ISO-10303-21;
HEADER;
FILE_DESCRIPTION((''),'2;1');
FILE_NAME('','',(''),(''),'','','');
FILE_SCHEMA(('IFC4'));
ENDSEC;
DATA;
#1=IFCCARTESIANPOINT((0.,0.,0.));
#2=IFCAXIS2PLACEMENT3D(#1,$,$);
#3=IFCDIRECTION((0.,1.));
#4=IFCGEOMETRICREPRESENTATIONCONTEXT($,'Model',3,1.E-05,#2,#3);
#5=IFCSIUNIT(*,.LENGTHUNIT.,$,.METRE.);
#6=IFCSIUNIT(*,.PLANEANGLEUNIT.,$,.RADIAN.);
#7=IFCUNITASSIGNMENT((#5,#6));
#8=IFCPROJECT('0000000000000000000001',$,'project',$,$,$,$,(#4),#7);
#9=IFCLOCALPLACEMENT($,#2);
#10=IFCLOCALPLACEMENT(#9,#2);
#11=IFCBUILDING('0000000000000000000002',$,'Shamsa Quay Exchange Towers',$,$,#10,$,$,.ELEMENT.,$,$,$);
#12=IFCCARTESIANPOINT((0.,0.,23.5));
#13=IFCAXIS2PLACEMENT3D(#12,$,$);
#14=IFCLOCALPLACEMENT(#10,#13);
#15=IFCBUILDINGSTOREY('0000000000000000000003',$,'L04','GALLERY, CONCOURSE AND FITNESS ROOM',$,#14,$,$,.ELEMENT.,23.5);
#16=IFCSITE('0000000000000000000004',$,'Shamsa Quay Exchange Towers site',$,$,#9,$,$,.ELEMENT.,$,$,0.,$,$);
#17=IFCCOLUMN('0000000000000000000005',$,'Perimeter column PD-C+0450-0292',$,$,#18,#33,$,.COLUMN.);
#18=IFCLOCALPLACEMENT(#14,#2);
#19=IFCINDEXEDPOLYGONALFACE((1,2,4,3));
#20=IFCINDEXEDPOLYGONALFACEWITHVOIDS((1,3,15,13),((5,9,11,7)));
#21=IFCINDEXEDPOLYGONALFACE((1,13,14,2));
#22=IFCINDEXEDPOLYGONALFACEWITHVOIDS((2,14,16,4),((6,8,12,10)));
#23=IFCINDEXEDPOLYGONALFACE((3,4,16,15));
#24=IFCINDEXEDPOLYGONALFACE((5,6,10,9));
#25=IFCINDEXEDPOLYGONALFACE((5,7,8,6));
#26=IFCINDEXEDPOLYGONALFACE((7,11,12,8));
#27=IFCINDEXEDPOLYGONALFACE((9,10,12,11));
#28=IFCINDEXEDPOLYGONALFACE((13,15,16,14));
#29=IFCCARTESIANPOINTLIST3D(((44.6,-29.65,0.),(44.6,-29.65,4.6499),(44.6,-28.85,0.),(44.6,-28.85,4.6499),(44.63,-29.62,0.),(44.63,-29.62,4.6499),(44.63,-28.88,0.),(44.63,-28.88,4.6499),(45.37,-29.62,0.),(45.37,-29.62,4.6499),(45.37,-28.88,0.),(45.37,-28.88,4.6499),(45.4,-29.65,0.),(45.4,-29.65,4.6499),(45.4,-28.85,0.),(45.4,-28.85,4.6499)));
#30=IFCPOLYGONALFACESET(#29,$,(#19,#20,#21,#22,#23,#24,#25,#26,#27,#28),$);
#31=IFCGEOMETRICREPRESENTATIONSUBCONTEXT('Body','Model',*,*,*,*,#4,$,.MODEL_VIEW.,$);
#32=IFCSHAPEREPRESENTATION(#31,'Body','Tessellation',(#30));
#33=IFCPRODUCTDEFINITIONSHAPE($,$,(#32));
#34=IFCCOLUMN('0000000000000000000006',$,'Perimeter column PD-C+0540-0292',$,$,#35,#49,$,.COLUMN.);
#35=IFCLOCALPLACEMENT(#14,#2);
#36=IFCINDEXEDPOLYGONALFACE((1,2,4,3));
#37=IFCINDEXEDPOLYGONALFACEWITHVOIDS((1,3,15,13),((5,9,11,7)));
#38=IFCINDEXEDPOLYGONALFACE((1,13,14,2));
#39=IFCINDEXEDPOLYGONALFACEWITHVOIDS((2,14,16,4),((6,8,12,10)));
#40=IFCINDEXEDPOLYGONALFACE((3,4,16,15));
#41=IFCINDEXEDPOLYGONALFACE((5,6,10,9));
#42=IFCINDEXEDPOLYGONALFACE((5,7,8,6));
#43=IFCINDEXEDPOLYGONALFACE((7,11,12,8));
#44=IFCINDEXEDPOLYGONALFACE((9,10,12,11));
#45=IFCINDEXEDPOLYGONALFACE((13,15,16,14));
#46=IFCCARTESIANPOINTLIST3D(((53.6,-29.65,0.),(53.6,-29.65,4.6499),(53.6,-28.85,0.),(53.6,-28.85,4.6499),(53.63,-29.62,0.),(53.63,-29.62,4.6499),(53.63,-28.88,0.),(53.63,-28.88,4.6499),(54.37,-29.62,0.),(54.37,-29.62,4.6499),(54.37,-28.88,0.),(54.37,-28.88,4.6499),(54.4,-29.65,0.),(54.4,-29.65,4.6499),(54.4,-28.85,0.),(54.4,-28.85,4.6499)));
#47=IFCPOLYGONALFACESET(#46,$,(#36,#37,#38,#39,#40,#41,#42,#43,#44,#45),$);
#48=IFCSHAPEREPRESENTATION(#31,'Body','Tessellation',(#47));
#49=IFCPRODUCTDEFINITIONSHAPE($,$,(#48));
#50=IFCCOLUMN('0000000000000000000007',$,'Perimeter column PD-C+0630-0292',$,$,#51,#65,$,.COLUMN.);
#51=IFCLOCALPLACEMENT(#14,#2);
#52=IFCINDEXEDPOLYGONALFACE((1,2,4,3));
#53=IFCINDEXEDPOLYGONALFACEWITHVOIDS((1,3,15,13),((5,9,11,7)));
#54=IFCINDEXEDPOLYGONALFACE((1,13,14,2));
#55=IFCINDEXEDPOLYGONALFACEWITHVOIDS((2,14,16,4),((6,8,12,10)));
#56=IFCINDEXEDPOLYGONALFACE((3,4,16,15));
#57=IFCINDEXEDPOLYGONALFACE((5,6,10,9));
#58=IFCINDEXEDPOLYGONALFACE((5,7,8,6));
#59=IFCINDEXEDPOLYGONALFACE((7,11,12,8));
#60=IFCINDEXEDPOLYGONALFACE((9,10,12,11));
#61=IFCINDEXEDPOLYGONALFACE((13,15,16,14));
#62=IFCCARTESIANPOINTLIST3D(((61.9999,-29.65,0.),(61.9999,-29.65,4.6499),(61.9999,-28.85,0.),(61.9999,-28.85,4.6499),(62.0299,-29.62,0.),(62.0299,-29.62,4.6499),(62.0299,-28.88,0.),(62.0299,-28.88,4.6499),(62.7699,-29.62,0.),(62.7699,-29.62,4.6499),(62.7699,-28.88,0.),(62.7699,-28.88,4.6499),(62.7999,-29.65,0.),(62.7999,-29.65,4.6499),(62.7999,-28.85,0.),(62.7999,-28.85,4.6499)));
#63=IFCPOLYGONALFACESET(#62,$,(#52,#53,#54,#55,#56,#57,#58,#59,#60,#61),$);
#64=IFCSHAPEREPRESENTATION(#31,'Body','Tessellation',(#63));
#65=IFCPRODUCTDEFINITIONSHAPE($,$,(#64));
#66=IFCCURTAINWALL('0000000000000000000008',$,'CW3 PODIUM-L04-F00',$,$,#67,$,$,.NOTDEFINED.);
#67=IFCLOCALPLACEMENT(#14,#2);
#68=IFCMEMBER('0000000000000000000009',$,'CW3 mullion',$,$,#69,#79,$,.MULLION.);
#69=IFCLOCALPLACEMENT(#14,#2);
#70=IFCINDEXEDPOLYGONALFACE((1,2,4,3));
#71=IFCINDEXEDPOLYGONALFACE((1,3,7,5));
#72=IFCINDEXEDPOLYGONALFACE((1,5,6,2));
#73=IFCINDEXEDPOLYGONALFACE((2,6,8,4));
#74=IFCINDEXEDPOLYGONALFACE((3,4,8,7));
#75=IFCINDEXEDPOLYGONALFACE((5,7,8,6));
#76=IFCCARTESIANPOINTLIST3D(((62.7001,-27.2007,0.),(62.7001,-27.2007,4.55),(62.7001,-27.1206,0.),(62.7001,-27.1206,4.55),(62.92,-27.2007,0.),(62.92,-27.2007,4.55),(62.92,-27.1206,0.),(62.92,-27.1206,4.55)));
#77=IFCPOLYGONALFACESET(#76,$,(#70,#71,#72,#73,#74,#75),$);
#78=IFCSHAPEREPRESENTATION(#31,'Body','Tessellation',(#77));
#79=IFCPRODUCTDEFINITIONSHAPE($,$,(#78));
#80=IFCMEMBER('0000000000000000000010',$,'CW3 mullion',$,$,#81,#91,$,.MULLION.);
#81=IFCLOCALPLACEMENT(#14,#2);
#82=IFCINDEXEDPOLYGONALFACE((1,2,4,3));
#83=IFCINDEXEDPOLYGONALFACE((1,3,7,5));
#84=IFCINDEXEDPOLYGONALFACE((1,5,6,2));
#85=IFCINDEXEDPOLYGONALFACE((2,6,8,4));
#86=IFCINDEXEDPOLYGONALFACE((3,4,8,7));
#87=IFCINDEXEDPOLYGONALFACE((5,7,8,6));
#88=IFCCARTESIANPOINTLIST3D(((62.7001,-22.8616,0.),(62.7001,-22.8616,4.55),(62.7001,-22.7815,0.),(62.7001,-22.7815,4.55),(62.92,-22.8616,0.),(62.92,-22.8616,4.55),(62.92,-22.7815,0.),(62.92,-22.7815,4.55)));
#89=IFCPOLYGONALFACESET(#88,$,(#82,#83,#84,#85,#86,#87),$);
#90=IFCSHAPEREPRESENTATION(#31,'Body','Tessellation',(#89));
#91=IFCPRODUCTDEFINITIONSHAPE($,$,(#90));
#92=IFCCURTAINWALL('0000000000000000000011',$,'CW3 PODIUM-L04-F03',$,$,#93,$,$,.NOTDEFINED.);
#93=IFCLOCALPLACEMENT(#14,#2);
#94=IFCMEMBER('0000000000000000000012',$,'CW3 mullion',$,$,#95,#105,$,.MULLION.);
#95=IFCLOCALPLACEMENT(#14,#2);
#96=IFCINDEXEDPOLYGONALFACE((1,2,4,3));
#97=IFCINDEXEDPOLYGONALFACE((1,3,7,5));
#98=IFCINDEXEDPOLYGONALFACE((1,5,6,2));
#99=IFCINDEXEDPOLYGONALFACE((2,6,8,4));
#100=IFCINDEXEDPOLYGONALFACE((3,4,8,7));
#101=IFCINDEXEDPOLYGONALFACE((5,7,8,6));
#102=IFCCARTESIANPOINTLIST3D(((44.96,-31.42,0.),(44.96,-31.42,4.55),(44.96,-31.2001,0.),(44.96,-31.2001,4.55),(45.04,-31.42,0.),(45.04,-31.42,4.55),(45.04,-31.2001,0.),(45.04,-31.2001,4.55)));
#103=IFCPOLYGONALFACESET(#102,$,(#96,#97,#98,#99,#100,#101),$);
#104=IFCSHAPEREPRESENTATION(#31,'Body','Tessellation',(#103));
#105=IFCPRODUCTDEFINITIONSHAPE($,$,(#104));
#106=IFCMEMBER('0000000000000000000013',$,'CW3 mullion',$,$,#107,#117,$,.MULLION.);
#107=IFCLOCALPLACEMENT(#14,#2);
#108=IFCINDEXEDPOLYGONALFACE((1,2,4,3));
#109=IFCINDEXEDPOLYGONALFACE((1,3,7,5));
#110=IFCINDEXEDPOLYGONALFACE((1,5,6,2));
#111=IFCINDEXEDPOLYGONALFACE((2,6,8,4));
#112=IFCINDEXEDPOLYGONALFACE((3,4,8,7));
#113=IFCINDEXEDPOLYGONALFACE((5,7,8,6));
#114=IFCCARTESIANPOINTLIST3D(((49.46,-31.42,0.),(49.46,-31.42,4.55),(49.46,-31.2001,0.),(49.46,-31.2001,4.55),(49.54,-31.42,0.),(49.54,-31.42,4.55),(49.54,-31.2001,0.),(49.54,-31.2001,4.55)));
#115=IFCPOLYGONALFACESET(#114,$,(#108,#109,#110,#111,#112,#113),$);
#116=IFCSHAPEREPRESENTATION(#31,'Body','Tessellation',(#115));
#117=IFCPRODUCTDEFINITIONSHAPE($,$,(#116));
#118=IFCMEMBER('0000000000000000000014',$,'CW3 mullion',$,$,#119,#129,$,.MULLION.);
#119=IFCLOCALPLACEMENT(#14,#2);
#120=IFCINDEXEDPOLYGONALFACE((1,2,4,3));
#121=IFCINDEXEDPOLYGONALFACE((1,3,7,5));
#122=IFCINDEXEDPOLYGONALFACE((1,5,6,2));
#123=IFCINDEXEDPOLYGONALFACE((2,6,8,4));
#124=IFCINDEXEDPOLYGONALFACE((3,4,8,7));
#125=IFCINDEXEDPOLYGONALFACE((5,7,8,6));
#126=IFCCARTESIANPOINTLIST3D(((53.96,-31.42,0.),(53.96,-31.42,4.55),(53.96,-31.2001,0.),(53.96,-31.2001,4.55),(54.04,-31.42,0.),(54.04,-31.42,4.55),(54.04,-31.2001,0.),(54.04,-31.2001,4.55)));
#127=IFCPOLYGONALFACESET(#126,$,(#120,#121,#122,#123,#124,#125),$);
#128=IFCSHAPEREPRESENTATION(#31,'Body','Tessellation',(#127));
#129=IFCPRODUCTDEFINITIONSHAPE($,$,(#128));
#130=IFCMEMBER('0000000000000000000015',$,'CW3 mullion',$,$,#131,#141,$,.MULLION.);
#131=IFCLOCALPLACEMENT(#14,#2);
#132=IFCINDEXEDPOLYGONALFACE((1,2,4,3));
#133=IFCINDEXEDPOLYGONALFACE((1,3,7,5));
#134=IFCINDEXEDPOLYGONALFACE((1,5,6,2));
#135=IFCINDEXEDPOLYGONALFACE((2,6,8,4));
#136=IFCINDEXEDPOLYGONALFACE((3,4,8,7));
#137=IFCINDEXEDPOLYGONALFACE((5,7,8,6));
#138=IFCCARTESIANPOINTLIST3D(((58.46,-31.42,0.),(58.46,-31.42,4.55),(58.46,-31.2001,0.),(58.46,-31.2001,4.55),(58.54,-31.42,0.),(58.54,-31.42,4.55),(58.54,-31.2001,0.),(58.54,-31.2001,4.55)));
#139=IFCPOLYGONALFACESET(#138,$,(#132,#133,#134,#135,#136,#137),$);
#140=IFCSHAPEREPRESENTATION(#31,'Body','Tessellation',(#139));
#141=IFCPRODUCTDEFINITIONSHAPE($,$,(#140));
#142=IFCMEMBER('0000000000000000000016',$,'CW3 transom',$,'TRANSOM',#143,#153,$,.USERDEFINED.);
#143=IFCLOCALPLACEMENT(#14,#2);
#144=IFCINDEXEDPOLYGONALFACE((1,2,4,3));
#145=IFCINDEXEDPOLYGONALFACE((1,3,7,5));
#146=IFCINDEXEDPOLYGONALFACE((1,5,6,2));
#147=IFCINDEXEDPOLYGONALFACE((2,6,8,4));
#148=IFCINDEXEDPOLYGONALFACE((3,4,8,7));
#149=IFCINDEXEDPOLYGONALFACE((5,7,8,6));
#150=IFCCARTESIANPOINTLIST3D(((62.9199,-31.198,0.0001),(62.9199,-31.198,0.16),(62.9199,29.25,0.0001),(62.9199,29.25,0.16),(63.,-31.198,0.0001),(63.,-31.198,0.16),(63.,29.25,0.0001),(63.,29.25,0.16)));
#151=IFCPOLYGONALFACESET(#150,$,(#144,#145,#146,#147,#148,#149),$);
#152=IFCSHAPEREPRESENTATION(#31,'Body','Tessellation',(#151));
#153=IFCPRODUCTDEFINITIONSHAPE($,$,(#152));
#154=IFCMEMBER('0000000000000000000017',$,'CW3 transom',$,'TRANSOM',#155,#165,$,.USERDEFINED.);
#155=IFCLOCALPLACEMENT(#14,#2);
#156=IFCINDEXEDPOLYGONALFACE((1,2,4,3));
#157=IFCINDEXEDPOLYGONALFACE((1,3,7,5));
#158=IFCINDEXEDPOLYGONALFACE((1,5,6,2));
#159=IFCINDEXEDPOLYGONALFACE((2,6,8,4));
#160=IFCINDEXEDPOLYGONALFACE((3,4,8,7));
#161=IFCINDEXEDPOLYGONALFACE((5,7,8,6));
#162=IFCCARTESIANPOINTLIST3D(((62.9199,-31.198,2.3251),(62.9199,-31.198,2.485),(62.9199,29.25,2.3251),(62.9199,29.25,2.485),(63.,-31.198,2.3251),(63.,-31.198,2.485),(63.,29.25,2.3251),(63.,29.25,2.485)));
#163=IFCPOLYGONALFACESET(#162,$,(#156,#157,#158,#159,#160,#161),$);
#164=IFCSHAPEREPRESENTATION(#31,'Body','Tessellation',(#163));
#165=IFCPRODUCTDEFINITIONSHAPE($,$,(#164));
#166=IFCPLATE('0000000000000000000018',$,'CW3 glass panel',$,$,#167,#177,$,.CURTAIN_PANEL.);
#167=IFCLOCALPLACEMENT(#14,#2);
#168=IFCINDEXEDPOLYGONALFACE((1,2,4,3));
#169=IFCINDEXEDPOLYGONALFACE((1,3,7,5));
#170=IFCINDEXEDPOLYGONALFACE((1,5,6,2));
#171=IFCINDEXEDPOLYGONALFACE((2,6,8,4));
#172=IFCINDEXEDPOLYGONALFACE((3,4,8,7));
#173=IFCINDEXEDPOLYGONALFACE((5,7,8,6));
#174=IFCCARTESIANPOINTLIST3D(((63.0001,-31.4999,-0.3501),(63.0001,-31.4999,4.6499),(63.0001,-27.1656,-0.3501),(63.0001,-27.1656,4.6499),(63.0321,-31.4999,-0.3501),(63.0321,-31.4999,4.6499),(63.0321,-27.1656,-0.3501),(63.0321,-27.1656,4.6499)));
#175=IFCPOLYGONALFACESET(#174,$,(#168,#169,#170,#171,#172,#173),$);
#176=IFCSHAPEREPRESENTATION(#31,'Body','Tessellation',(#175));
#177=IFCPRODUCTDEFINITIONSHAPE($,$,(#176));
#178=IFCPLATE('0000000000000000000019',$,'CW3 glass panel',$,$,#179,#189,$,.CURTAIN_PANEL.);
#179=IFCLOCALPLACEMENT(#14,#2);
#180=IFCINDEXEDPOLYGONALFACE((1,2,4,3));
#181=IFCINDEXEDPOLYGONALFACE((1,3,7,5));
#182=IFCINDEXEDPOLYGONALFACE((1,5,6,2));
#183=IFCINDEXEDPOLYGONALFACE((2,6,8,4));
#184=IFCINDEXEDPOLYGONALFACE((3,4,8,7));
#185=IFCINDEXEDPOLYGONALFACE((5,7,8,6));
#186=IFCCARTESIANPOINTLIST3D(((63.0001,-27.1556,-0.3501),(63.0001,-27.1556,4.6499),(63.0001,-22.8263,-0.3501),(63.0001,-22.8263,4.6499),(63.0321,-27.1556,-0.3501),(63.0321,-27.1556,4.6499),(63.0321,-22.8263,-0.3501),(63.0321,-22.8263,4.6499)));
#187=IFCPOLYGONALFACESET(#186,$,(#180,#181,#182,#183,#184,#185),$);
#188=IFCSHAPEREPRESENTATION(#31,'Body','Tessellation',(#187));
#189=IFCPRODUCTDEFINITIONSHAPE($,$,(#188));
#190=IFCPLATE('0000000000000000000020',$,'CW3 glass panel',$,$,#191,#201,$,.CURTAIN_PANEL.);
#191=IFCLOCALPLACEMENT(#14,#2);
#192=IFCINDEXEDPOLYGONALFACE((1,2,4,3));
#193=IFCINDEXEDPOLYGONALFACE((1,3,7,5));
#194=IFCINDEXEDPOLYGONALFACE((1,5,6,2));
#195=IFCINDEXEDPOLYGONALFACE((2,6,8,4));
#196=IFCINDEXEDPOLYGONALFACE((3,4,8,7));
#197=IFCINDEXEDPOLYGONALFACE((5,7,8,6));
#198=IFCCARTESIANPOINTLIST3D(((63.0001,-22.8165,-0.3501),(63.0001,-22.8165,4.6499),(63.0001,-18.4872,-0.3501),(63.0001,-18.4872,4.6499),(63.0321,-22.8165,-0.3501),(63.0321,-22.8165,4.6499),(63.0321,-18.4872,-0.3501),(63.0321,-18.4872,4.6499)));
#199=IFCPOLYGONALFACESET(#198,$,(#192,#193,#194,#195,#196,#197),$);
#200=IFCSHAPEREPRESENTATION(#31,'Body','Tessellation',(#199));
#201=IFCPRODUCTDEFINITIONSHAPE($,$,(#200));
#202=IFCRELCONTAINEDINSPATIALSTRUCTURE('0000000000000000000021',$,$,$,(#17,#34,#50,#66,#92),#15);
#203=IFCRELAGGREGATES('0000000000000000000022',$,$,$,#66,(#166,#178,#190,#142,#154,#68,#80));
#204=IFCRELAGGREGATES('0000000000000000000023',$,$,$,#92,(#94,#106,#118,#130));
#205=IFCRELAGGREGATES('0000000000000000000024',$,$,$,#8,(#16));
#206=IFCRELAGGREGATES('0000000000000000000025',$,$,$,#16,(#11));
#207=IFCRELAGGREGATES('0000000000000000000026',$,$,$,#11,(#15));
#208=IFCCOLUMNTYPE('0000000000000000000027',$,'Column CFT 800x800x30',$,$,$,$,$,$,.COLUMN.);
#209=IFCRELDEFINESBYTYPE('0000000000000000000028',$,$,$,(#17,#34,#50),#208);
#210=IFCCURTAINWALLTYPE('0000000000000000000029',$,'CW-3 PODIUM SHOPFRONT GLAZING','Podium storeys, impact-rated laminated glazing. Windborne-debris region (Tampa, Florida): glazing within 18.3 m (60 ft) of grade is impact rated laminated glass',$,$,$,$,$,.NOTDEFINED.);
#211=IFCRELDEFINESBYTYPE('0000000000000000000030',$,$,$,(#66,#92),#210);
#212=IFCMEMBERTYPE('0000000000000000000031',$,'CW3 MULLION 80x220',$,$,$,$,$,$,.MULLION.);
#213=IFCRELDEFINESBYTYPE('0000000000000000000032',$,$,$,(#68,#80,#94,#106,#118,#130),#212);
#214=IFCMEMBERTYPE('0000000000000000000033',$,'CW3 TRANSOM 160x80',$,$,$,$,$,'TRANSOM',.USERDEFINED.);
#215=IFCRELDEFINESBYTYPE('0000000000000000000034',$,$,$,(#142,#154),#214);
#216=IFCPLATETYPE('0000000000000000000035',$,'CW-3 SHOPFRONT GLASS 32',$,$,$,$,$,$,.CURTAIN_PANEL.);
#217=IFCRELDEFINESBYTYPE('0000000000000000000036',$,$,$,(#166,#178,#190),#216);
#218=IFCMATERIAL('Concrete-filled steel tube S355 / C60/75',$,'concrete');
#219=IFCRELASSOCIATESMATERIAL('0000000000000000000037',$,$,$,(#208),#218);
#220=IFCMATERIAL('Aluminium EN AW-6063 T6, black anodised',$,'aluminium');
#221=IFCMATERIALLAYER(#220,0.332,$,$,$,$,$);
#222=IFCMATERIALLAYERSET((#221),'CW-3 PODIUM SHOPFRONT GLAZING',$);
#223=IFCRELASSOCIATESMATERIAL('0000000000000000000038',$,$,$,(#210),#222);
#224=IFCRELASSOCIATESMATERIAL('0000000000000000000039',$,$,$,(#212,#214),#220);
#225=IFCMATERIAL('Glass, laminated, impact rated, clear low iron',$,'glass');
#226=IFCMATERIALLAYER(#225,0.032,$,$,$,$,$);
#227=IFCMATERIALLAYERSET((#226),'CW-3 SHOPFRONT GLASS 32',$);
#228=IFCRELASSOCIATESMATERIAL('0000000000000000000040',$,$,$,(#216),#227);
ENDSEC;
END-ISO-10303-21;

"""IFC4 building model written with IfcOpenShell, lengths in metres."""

from ifc_helpers import new_model, si_unit, direction, frame, origin, origin_2d, place, context, subcontext, project, spatial, rectangle, hollow_rectangle, extrude, material, layer, layer_set, material_profile, profile_set, type_object, element, aggregate, save


model = new_model("IFC4")

# Units and contexts
model_context = context("Model", 3, precision=1e-05, world=origin(), true_north=direction((0.0, 1.0)))
body_context = subcontext(model_context, "Body", "Model", "MODEL_VIEW")
ifc_project = project(units=[si_unit("LENGTHUNIT", "METRE"), si_unit("PLANEANGLEUNIT", "RADIAN")], contexts=[model_context])

# Site, building, storey
site_placement = place(None, origin())
site = spatial("IfcSite", under=ifc_project, at=site_placement, Name="Shamsa Quay Exchange Towers site", CompositionType="ELEMENT", RefElevation=0.0)
building_placement = place(site_placement, origin())
building = spatial("IfcBuilding", under=site, at=building_placement, Name="Shamsa Quay Exchange Towers", CompositionType="ELEMENT")
storey_placement = place(building_placement, frame((0.0, 0.0, 23.5)))
storey = spatial("IfcBuildingStorey", under=building, at=storey_placement, Name="L04", Description="GALLERY, CONCOURSE AND FITNESS ROOM", CompositionType="ELEMENT", Elevation=23.5)

# Columns
ifc_material_1 = material(Name="Concrete-filled steel tube S355 / C60/75", Category="concrete")
ifc_material_profile_1 = material_profile(ifc_material_1, hollow_rectangle(XDim=0.8, YDim=0.8, WallThickness=0.03, at=origin_2d()), Name="CFT 800x800x30")
ifc_profile_set_1 = profile_set([ifc_material_profile_1], Name="Concrete-filled steel tube S355 / C60/75")
column_type = type_object("IfcColumnType", Name="Column CFT 800x800x30", PredefinedType="COLUMN", material=ifc_profile_set_1)
for number, where, name in (
    (1, (45.0, -29.25, 0.0), "Perimeter column PD-C+0450-0292"),
    (2, (54.0, -29.25, 0.0), "Perimeter column PD-C+0540-0292"),
    (3, (62.3999, -29.25, 0.0), "Perimeter column PD-C+0630-0292"),
):
    element("IfcColumn", number, at=place(storey_placement, frame(where)), inside=storey, type_object=column_type, Name=name, PredefinedType="COLUMN", context=body_context, shape_type="SweptSolid", body=[
        extrude(hollow_rectangle(XDim=0.8, YDim=0.8, WallThickness=0.03, at=origin_2d()), origin(), (0.0, 0.0, 1.0), 4.6499),
    ])

# Curtain walls, members
ifc_material_2 = material(Name="Aluminium EN AW-6063 T6, black anodised", Category="aluminium")
ifc_layer_1 = layer(ifc_material_2, 0.332)
ifc_layer_set_1 = layer_set([ifc_layer_1], Name="CW-3 PODIUM SHOPFRONT GLAZING")
curtain_wall_type = type_object("IfcCurtainWallType", Name="CW-3 PODIUM SHOPFRONT GLAZING", Description="Podium storeys, impact-rated laminated glazing. Windborne-debris region (Tampa, Florida): glazing within 18.3 m (60 ft) of grade is impact rated laminated glass", PredefinedType="NOTDEFINED", material=ifc_layer_set_1)
curtain_wall_1_placement = place(storey_placement, origin())
curtain_wall_1 = element("IfcCurtainWall", 4, at=curtain_wall_1_placement, inside=storey, type_object=curtain_wall_type, Name="CW3 PODIUM-L04-F00", PredefinedType="NOTDEFINED")
ifc_material_profile_2 = material_profile(ifc_material_2, rectangle(XDim=0.22, YDim=0.0801, at=origin_2d()), Name="MU80x220")
ifc_profile_set_2 = profile_set([ifc_material_profile_2], Name="Aluminium EN AW-6063 T6, black anodised")
member_type_1 = type_object("IfcMemberType", Name="CW3 MULLION 80x220", PredefinedType="MULLION", material=ifc_profile_set_2)
member_1_placement = place(storey_placement, frame((62.8101, -27.1606, 0.0), z_axis=(0.0, 0.0, 1.0), x_axis=(-1.0, 0.0, 0.0)))
member_1 = element("IfcMember", 5, at=member_1_placement, type_object=member_type_1, Name="CW3 mullion", PredefinedType="MULLION", context=body_context, shape_type="SweptSolid", body=[
    extrude(rectangle(XDim=0.22, YDim=0.0801, at=origin_2d()), origin(), (0.0, 0.0, 1.0), 4.55),
])
member_2_placement = place(storey_placement, frame((62.8101, -22.8215, 0.0), z_axis=(0.0, 0.0, 1.0), x_axis=(-1.0, 0.0, 0.0)))
member_2 = element("IfcMember", 6, at=member_2_placement, type_object=member_type_1, Name="CW3 mullion", PredefinedType="MULLION", context=body_context, shape_type="SweptSolid", body=[
    extrude(rectangle(XDim=0.22, YDim=0.0801, at=origin_2d()), origin(), (0.0, 0.0, 1.0), 4.55),
])
curtain_wall_2_placement = place(storey_placement, origin())
curtain_wall_2 = element("IfcCurtainWall", 7, at=curtain_wall_2_placement, inside=storey, type_object=curtain_wall_type, Name="CW3 PODIUM-L04-F03", PredefinedType="NOTDEFINED")
member_3_placement = place(storey_placement, frame((45.0, -31.3101, 0.0), z_axis=(0.0, 0.0, 1.0), x_axis=(0.0, 1.0, 0.0)))
member_3 = element("IfcMember", 8, at=member_3_placement, type_object=member_type_1, Name="CW3 mullion", PredefinedType="MULLION", context=body_context, shape_type="SweptSolid", body=[
    extrude(rectangle(XDim=0.22, YDim=0.0801, at=origin_2d()), origin(), (0.0, 0.0, 1.0), 4.55),
])
member_4_placement = place(storey_placement, frame((49.5, -31.3101, 0.0), z_axis=(0.0, 0.0, 1.0), x_axis=(0.0, 1.0, 0.0)))
member_4 = element("IfcMember", 9, at=member_4_placement, type_object=member_type_1, Name="CW3 mullion", PredefinedType="MULLION", context=body_context, shape_type="SweptSolid", body=[
    extrude(rectangle(XDim=0.22, YDim=0.0801, at=origin_2d()), origin(), (0.0, 0.0, 1.0), 4.55),
])
member_5_placement = place(storey_placement, frame((54.0, -31.3101, 0.0), z_axis=(0.0, 0.0, 1.0), x_axis=(0.0, 1.0, 0.0)))
member_5 = element("IfcMember", 10, at=member_5_placement, type_object=member_type_1, Name="CW3 mullion", PredefinedType="MULLION", context=body_context, shape_type="SweptSolid", body=[
    extrude(rectangle(XDim=0.22, YDim=0.0801, at=origin_2d()), origin(), (0.0, 0.0, 1.0), 4.55),
])
member_6_placement = place(storey_placement, frame((58.5, -31.3101, 0.0), z_axis=(0.0, 0.0, 1.0), x_axis=(0.0, 1.0, 0.0)))
member_6 = element("IfcMember", 11, at=member_6_placement, type_object=member_type_1, Name="CW3 mullion", PredefinedType="MULLION", context=body_context, shape_type="SweptSolid", body=[
    extrude(rectangle(XDim=0.22, YDim=0.0801, at=origin_2d()), origin(), (0.0, 0.0, 1.0), 4.55),
])

# Members
ifc_material_profile_3 = material_profile(ifc_material_2, rectangle(XDim=0.0801, YDim=0.1599, at=origin_2d()), Name="TR160x80")
ifc_profile_set_3 = profile_set([ifc_material_profile_3], Name="Aluminium EN AW-6063 T6, black anodised")
member_type_2 = type_object("IfcMemberType", Name="CW3 TRANSOM 160x80", ElementType="TRANSOM", PredefinedType="USERDEFINED", material=ifc_profile_set_3)
member_7_placement = place(storey_placement, frame((62.96, -31.198, 0.0801), z_axis=(0.0, 1.0, 0.0), x_axis=(-1.0, 0.0, 0.0)))
member_7 = element("IfcMember", 12, at=member_7_placement, type_object=member_type_2, Name="CW3 transom", ObjectType="TRANSOM", PredefinedType="USERDEFINED", context=body_context, shape_type="SweptSolid", body=[
    extrude(rectangle(XDim=0.0801, YDim=0.1599, at=origin_2d()), origin(), (0.0, 0.0, 1.0), 60.448),
])
member_8_placement = place(storey_placement, frame((62.96, -31.198, 2.405), z_axis=(0.0, 1.0, 0.0), x_axis=(-1.0, 0.0, 0.0)))
member_8 = element("IfcMember", 13, at=member_8_placement, type_object=member_type_2, Name="CW3 transom", ObjectType="TRANSOM", PredefinedType="USERDEFINED", context=body_context, shape_type="SweptSolid", body=[
    extrude(rectangle(XDim=0.0801, YDim=0.1599, at=origin_2d()), origin(), (0.0, 0.0, 1.0), 60.448),
])

# Plates
ifc_material_3 = material(Name="Glass, laminated, impact rated, clear low iron", Category="glass")
ifc_layer_2 = layer(ifc_material_3, 0.032)
ifc_layer_set_2 = layer_set([ifc_layer_2], Name="CW-3 SHOPFRONT GLASS 32")
plate_type = type_object("IfcPlateType", Name="CW-3 SHOPFRONT GLASS 32", PredefinedType="CURTAIN_PANEL", material=ifc_layer_set_2)
plate_1_placement = place(storey_placement, frame((63.0161, -29.3328, -0.3501), z_axis=(0.0, 0.0, 1.0), x_axis=(0.0, 1.0, 0.0)))
plate_1 = element("IfcPlate", 14, at=plate_1_placement, type_object=plate_type, Name="CW3 glass panel", PredefinedType="CURTAIN_PANEL", context=body_context, shape_type="SweptSolid", body=[
    extrude(rectangle(XDim=4.3342, YDim=0.032, at=origin_2d()), origin(), (0.0, 0.0, 1.0), 5.0),
])
plate_2_placement = place(storey_placement, frame((63.0161, -24.991, -0.3501), z_axis=(0.0, 0.0, 1.0), x_axis=(0.0, 1.0, 0.0)))
plate_2 = element("IfcPlate", 15, at=plate_2_placement, type_object=plate_type, Name="CW3 glass panel", PredefinedType="CURTAIN_PANEL", context=body_context, shape_type="SweptSolid", body=[
    extrude(rectangle(XDim=4.3293, YDim=0.032, at=origin_2d()), origin(), (0.0, 0.0, 1.0), 5.0),
])
plate_3_placement = place(storey_placement, frame((63.0161, -20.6519, -0.3501), z_axis=(0.0, 0.0, 1.0), x_axis=(0.0, 1.0, 0.0)))
plate_3 = element("IfcPlate", 16, at=plate_3_placement, type_object=plate_type, Name="CW3 glass panel", PredefinedType="CURTAIN_PANEL", context=body_context, shape_type="SweptSolid", body=[
    extrude(rectangle(XDim=4.3293, YDim=0.032, at=origin_2d()), origin(), (0.0, 0.0, 1.0), 5.0),
])
aggregate(curtain_wall_1, [plate_1, plate_2, plate_3, member_7, member_8, member_1, member_2])
aggregate(curtain_wall_2, [member_3, member_4, member_5, member_6])

save(model, "model.ifc")
